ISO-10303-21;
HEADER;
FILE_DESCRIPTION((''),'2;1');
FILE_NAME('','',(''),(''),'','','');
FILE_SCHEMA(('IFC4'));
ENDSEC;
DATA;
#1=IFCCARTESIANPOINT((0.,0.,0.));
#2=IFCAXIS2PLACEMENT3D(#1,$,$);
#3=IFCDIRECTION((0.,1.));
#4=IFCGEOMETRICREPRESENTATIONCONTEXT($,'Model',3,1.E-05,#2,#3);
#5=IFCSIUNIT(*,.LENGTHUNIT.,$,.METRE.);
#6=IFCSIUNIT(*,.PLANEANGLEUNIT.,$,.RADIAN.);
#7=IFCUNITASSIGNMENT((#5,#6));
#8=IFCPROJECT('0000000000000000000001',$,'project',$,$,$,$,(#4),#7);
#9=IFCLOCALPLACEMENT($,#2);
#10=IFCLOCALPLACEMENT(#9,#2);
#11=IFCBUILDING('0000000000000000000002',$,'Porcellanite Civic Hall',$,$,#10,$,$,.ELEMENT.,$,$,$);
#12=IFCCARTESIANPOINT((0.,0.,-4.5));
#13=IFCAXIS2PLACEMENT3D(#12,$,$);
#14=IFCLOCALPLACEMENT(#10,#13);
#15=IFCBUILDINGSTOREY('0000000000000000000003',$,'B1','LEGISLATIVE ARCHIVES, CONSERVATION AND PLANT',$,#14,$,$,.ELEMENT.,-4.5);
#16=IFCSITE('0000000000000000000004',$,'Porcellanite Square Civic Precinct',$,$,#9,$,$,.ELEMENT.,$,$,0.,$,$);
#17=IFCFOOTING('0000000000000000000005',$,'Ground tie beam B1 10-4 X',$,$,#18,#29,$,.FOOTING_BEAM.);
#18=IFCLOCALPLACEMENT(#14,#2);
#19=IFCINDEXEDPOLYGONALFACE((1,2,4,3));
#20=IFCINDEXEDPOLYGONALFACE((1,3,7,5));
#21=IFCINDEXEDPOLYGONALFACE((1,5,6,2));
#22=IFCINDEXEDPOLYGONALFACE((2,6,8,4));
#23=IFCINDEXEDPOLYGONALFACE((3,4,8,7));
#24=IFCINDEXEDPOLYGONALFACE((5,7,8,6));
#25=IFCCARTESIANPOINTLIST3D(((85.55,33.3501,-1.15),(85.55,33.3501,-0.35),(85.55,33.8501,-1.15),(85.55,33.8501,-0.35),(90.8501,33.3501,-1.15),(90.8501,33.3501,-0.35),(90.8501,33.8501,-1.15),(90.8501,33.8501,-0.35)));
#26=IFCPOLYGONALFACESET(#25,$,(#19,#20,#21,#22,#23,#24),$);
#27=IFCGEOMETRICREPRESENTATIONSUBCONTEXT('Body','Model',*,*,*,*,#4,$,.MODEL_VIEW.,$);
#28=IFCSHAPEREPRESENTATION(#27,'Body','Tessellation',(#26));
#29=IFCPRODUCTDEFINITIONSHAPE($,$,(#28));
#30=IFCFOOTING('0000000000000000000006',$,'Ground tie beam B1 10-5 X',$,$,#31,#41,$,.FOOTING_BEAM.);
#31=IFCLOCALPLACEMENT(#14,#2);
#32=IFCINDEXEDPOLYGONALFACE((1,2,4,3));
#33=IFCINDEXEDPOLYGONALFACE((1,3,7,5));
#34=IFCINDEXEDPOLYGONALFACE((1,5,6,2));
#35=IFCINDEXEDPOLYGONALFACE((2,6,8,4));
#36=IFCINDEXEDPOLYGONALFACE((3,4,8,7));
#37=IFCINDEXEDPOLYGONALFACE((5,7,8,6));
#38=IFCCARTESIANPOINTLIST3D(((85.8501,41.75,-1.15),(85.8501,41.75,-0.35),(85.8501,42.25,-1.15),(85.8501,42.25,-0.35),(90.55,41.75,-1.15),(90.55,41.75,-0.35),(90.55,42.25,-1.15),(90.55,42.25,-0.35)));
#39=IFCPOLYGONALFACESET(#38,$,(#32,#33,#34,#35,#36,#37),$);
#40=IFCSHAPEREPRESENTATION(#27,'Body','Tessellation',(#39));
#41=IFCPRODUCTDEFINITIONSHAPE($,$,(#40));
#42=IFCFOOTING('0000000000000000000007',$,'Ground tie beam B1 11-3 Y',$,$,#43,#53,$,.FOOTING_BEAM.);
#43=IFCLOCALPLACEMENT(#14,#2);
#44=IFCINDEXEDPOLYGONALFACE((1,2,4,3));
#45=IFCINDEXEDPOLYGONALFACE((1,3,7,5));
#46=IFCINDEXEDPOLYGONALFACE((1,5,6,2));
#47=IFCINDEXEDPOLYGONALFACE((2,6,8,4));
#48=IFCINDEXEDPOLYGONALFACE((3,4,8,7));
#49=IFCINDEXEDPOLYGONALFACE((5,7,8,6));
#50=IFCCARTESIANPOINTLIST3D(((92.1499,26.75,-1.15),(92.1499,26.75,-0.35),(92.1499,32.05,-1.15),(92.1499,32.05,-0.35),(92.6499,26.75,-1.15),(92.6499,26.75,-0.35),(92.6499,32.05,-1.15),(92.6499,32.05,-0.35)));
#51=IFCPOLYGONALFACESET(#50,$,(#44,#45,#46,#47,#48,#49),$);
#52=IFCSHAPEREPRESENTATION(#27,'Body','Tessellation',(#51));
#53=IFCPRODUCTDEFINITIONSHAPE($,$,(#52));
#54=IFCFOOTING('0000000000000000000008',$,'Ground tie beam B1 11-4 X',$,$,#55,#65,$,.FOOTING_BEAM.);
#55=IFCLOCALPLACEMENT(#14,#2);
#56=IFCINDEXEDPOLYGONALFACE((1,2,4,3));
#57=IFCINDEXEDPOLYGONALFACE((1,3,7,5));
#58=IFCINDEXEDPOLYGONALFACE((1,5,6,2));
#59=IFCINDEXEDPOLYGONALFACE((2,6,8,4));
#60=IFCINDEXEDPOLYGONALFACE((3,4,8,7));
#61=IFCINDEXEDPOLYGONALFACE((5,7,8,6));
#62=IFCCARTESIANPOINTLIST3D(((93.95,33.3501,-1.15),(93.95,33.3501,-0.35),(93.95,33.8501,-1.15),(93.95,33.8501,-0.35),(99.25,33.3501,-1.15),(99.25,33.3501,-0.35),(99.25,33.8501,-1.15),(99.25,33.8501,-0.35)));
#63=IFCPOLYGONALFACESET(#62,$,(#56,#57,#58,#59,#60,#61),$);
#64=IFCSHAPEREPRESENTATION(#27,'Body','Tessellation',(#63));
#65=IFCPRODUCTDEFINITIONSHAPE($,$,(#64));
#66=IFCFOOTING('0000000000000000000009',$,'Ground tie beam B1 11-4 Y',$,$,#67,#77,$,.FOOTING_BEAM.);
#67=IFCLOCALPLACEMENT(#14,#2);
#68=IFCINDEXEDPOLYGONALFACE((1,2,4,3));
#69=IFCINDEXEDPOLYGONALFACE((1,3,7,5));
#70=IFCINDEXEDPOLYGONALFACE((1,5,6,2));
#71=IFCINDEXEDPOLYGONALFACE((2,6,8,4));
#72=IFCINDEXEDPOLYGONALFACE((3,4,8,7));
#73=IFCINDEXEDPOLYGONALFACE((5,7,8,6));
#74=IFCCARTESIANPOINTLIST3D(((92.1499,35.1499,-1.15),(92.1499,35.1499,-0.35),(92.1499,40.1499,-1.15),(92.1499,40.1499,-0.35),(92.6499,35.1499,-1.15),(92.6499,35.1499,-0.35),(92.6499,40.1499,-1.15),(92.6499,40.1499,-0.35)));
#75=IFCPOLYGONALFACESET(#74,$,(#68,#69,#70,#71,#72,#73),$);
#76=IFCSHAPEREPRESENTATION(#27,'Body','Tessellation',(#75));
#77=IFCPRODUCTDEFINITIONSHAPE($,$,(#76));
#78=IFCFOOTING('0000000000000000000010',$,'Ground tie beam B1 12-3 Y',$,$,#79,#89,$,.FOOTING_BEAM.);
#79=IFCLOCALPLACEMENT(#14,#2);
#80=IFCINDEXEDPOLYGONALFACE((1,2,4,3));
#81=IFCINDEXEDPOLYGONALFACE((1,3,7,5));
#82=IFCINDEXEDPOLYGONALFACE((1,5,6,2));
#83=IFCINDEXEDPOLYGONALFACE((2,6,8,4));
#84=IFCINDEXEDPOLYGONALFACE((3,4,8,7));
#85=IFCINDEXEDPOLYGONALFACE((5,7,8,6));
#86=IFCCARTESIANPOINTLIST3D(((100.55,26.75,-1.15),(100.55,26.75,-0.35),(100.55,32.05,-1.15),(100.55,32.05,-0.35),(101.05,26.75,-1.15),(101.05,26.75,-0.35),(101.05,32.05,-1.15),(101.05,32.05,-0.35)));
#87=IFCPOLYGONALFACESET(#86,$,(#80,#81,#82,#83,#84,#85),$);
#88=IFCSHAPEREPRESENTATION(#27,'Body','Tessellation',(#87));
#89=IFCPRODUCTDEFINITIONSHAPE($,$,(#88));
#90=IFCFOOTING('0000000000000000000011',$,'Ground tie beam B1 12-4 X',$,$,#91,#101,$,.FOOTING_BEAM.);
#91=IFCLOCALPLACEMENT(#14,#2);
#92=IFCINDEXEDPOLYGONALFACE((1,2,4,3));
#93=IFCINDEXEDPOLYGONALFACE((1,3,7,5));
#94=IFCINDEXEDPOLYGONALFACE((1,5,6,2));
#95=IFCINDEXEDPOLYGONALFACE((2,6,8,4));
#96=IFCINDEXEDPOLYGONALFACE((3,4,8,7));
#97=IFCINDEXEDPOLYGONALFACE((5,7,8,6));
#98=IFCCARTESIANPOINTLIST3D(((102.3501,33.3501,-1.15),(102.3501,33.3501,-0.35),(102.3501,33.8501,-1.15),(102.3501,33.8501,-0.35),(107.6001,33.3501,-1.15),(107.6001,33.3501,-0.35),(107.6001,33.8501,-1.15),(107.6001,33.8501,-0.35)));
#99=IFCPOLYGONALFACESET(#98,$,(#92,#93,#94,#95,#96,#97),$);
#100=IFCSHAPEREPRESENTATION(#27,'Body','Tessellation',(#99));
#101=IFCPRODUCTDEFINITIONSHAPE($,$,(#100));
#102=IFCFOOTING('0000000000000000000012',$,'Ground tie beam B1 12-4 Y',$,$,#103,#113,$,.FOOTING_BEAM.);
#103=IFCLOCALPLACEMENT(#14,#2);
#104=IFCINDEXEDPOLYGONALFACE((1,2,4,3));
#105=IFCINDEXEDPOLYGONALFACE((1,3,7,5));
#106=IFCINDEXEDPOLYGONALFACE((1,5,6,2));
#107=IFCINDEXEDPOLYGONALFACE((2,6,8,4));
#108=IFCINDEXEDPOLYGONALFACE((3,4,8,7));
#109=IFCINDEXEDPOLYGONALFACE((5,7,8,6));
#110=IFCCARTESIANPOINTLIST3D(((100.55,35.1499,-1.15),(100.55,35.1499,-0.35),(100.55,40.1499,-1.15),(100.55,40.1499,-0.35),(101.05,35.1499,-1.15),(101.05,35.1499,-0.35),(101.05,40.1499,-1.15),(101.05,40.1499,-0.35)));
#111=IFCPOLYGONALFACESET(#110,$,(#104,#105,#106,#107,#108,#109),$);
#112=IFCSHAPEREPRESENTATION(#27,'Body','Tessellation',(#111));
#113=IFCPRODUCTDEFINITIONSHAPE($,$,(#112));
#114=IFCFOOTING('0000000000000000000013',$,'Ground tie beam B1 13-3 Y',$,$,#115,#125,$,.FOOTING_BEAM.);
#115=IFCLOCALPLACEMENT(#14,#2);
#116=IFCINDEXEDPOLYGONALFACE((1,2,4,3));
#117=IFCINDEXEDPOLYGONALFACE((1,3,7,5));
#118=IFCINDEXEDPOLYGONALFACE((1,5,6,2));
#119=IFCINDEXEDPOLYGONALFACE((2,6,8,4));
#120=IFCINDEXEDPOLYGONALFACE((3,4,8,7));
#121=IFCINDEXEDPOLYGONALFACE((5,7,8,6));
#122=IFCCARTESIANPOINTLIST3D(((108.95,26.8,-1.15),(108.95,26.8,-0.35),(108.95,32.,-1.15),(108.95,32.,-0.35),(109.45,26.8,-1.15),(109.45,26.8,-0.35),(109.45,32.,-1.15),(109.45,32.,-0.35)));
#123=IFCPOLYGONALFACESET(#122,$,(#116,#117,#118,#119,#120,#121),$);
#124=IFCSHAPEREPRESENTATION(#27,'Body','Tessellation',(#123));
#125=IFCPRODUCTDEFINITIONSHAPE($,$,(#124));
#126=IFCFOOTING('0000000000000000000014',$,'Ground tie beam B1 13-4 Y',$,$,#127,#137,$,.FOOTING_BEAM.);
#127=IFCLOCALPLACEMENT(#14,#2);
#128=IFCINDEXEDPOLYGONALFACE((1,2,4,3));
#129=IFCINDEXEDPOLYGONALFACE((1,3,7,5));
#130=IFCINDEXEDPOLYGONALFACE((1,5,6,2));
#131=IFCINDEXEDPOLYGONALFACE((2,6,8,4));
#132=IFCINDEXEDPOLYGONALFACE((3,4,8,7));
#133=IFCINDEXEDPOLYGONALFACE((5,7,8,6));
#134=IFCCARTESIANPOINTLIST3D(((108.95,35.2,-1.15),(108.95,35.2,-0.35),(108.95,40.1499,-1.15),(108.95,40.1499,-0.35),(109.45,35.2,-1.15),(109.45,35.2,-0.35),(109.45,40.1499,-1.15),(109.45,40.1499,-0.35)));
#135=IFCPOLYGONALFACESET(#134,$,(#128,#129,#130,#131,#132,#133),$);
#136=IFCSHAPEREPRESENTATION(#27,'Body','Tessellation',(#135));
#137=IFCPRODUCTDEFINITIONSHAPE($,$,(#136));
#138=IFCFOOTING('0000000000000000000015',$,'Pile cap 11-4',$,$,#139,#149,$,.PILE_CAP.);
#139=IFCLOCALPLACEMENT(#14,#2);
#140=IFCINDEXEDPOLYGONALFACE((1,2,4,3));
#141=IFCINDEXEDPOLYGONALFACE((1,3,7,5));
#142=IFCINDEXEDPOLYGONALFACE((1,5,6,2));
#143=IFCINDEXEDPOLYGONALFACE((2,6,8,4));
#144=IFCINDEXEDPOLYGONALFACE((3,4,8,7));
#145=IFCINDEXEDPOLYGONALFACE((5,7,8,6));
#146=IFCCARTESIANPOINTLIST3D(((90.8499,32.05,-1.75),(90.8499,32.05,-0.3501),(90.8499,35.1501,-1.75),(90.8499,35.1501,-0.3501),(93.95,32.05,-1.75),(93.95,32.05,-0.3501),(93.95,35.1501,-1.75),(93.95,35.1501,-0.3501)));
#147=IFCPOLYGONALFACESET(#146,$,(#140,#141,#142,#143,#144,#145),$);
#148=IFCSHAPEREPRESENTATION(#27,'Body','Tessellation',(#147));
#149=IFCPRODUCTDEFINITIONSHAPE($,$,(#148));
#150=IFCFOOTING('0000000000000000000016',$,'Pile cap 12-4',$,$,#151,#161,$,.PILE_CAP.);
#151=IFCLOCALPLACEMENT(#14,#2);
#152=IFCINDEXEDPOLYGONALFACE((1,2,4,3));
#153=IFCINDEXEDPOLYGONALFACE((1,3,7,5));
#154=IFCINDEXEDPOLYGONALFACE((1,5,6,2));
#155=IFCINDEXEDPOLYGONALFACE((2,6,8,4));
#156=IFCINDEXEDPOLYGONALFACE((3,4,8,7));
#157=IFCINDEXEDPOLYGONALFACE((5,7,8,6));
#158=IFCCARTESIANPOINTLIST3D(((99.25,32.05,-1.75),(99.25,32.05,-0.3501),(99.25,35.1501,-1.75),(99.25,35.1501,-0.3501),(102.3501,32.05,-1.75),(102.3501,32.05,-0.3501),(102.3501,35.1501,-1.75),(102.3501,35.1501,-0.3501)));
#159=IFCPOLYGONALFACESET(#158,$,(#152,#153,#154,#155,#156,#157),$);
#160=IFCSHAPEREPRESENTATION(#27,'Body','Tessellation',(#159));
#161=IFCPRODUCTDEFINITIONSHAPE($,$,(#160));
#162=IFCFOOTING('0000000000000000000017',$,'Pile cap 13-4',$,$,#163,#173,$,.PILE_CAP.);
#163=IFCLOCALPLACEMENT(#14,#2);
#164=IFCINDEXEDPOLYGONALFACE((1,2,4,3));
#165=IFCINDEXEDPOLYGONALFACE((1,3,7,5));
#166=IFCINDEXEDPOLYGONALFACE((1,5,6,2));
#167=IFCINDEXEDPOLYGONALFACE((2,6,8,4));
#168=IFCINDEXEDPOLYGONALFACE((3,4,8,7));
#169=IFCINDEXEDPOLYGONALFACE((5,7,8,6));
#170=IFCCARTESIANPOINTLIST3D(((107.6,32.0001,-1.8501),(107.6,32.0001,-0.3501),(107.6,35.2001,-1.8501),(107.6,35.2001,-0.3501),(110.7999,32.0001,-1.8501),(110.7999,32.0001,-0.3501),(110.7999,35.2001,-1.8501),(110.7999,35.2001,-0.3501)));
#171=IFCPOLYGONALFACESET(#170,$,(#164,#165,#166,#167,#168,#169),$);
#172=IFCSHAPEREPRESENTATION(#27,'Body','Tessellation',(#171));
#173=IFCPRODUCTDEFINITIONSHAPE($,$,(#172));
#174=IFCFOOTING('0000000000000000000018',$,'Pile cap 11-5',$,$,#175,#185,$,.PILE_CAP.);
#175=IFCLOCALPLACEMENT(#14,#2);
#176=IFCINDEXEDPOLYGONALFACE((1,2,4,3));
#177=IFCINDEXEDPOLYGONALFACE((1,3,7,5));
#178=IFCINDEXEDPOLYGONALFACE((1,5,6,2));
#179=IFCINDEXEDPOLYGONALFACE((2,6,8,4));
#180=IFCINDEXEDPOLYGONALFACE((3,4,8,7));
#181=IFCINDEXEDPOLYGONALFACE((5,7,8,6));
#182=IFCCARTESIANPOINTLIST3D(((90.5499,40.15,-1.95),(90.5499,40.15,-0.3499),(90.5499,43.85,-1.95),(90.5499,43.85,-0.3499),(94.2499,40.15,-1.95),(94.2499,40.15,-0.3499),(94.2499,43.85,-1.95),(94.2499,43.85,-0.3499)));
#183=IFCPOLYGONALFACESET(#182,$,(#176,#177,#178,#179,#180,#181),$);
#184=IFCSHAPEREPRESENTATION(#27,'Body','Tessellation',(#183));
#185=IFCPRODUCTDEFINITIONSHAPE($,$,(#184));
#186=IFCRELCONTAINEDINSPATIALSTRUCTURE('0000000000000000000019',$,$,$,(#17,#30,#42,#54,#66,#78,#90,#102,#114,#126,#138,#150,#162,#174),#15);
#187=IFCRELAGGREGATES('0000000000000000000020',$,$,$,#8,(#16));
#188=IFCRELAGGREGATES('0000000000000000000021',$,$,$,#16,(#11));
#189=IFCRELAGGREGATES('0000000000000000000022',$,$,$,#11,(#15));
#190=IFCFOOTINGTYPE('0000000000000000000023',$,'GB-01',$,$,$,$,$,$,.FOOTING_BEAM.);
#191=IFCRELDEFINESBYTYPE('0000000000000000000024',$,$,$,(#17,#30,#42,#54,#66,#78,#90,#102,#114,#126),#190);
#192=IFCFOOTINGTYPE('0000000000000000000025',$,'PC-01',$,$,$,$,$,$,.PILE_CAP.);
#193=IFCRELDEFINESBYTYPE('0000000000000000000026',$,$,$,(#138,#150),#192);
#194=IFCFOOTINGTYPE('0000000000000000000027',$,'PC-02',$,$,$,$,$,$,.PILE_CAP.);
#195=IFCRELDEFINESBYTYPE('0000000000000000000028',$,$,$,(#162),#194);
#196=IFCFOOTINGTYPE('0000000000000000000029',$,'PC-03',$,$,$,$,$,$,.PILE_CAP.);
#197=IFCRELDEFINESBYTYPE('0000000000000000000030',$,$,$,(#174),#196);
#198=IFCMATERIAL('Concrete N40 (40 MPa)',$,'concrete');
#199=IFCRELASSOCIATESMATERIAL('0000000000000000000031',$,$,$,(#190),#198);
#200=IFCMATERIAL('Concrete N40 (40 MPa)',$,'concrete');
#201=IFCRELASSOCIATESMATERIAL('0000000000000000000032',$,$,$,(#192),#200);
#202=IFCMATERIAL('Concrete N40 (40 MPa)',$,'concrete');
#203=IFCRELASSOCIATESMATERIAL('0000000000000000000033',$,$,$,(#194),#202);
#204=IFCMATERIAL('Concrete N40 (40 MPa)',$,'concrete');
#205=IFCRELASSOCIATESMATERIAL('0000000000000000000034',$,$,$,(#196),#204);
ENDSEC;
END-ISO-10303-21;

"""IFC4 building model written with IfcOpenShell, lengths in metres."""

from ifc_helpers import new_model, si_unit, direction, frame, origin, origin_2d, place, context, subcontext, project, spatial, rectangle, extrude, material, material_profile, profile_set, type_object, element, save


model = new_model("IFC4")

# Units and contexts
model_context = context("Model", 3, precision=1e-05, world=origin(), true_north=direction((0.0, 1.0)))
body_context = subcontext(model_context, "Body", "Model", "MODEL_VIEW")
ifc_project = project(units=[si_unit("LENGTHUNIT", "METRE"), si_unit("PLANEANGLEUNIT", "RADIAN")], contexts=[model_context])

# Site, building, storey
site_placement = place(None, origin())
site = spatial("IfcSite", under=ifc_project, at=site_placement, Name="Porcellanite Square Civic Precinct", CompositionType="ELEMENT", RefElevation=0.0)
building_placement = place(site_placement, origin())
building = spatial("IfcBuilding", under=site, at=building_placement, Name="Porcellanite Civic Hall", CompositionType="ELEMENT")
storey_placement = place(building_placement, frame((0.0, 0.0, -4.5)))
storey = spatial("IfcBuildingStorey", under=building, at=storey_placement, Name="B1", Description="LEGISLATIVE ARCHIVES, CONSERVATION AND PLANT", CompositionType="ELEMENT", Elevation=-4.5)

# Footings
ifc_material_1 = material(Name="Concrete N40 (40 MPa)", Category="concrete")
ifc_material_profile_1 = material_profile(ifc_material_1, rectangle(XDim=0.5, YDim=0.8, at=origin_2d()), Name="RC-500x800")
ifc_profile_set_1 = profile_set([ifc_material_profile_1], Name="Concrete N40 (40 MPa)")
footing_type_1 = type_object("IfcFootingType", Name="GB-01", PredefinedType="FOOTING_BEAM", material=ifc_profile_set_1)
footing_1_placement = place(storey_placement, frame((85.55, 33.6001, -0.75), z_axis=(1.0, 0.0, 0.0), x_axis=(0.0, 1.0, 0.0)))
element("IfcFooting", 1, at=footing_1_placement, inside=storey, type_object=footing_type_1, Name="Ground tie beam B1 10-4 X", PredefinedType="FOOTING_BEAM", context=body_context, shape_type="SweptSolid", body=[
    extrude(rectangle(XDim=0.5, YDim=0.8, at=origin_2d()), origin(), (0.0, 0.0, 1.0), 5.3),
])
footing_2_placement = place(storey_placement, frame((85.8501, 42.0, -0.75), z_axis=(1.0, 0.0, 0.0), x_axis=(0.0, 1.0, 0.0)))
element("IfcFooting", 2, at=footing_2_placement, inside=storey, type_object=footing_type_1, Name="Ground tie beam B1 10-5 X", PredefinedType="FOOTING_BEAM", context=body_context, shape_type="SweptSolid", body=[
    extrude(rectangle(XDim=0.5, YDim=0.8, at=origin_2d()), origin(), (0.0, 0.0, 1.0), 4.7),
])
for number, where, z_axis, x_axis, name in (
    (3, (92.3999, 26.75, -0.75), (0.0, 1.0, 0.0), (-1.0, 0.0, 0.0), "Ground tie beam B1 11-3 Y"),
    (4, (93.95, 33.6001, -0.75), (1.0, 0.0, 0.0), (0.0, 1.0, 0.0), "Ground tie beam B1 11-4 X"),
):
    element("IfcFooting", number, at=place(storey_placement, frame(where, z_axis=z_axis, x_axis=x_axis)), inside=storey, type_object=footing_type_1, Name=name, PredefinedType="FOOTING_BEAM", context=body_context, shape_type="SweptSolid", body=[
        extrude(rectangle(XDim=0.5, YDim=0.8, at=origin_2d()), origin(), (0.0, 0.0, 1.0), 5.3),
    ])
footing_3_placement = place(storey_placement, frame((92.3999, 35.1499, -0.75), z_axis=(0.0, 1.0, 0.0), x_axis=(-1.0, 0.0, 0.0)))
element("IfcFooting", 5, at=footing_3_placement, inside=storey, type_object=footing_type_1, Name="Ground tie beam B1 11-4 Y", PredefinedType="FOOTING_BEAM", context=body_context, shape_type="SweptSolid", body=[
    extrude(rectangle(XDim=0.5, YDim=0.8, at=origin_2d()), origin(), (0.0, 0.0, 1.0), 5.0),
])
footing_4_placement = place(storey_placement, frame((100.8, 26.75, -0.75), z_axis=(0.0, 1.0, 0.0), x_axis=(-1.0, 0.0, 0.0)))
element("IfcFooting", 6, at=footing_4_placement, inside=storey, type_object=footing_type_1, Name="Ground tie beam B1 12-3 Y", PredefinedType="FOOTING_BEAM", context=body_context, shape_type="SweptSolid", body=[
    extrude(rectangle(XDim=0.5, YDim=0.8, at=origin_2d()), origin(), (0.0, 0.0, 1.0), 5.3),
])
footing_5_placement = place(storey_placement, frame((102.3501, 33.6001, -0.75), z_axis=(1.0, 0.0, 0.0), x_axis=(0.0, 1.0, 0.0)))
element("IfcFooting", 7, at=footing_5_placement, inside=storey, type_object=footing_type_1, Name="Ground tie beam B1 12-4 X", PredefinedType="FOOTING_BEAM", context=body_context, shape_type="SweptSolid", body=[
    extrude(rectangle(XDim=0.5, YDim=0.8, at=origin_2d()), origin(), (0.0, 0.0, 1.0), 5.25),
])
footing_6_placement = place(storey_placement, frame((100.8, 35.1499, -0.75), z_axis=(0.0, 1.0, 0.0), x_axis=(-1.0, 0.0, 0.0)))
element("IfcFooting", 8, at=footing_6_placement, inside=storey, type_object=footing_type_1, Name="Ground tie beam B1 12-4 Y", PredefinedType="FOOTING_BEAM", context=body_context, shape_type="SweptSolid", body=[
    extrude(rectangle(XDim=0.5, YDim=0.8, at=origin_2d()), origin(), (0.0, 0.0, 1.0), 5.0),
])
footing_7_placement = place(storey_placement, frame((109.2, 26.8, -0.75), z_axis=(0.0, 1.0, 0.0), x_axis=(-1.0, 0.0, 0.0)))
element("IfcFooting", 9, at=footing_7_placement, inside=storey, type_object=footing_type_1, Name="Ground tie beam B1 13-3 Y", PredefinedType="FOOTING_BEAM", context=body_context, shape_type="SweptSolid", body=[
    extrude(rectangle(XDim=0.5, YDim=0.8, at=origin_2d()), origin(), (0.0, 0.0, 1.0), 5.2),
])
footing_8_placement = place(storey_placement, frame((109.2, 35.2, -0.75), z_axis=(0.0, 1.0, 0.0), x_axis=(-1.0, 0.0, 0.0)))
element("IfcFooting", 10, at=footing_8_placement, inside=storey, type_object=footing_type_1, Name="Ground tie beam B1 13-4 Y", PredefinedType="FOOTING_BEAM", context=body_context, shape_type="SweptSolid", body=[
    extrude(rectangle(XDim=0.5, YDim=0.8, at=origin_2d()), origin(), (0.0, 0.0, 1.0), 4.95),
])
ifc_material_2 = material(Name="Concrete N40 (40 MPa)", Category="concrete")
footing_type_2 = type_object("IfcFootingType", Name="PC-01", PredefinedType="PILE_CAP", material=ifc_material_2)
for number, where, z_axis, x_axis, name in (
    (11, (92.3999, 33.6001, -1.75), (0.0, 0.0, 1.0), (1.0, 0.0, 0.0), "Pile cap 11-4"),
    (12, (100.8, 33.6001, -1.75), (0.0, 0.0, 1.0), (1.0, 0.0, 0.0), "Pile cap 12-4"),
):
    element("IfcFooting", number, at=place(storey_placement, frame(where, z_axis=z_axis, x_axis=x_axis)), inside=storey, type_object=footing_type_2, Name=name, PredefinedType="PILE_CAP", context=body_context, shape_type="SweptSolid", body=[
        extrude(rectangle(XDim=3.1001, YDim=3.1001, at=origin_2d()), origin(), (0.0, 0.0, 1.0), 1.3999),
    ])
ifc_material_3 = material(Name="Concrete N40 (40 MPa)", Category="concrete")
footing_type_3 = type_object("IfcFootingType", Name="PC-02", PredefinedType="PILE_CAP", material=ifc_material_3)
footing_9_placement = place(storey_placement, frame((109.2, 33.6001, -1.8501), z_axis=(0.0, 0.0, 1.0), x_axis=(1.0, 0.0, 0.0)))
element("IfcFooting", 13, at=footing_9_placement, inside=storey, type_object=footing_type_3, Name="Pile cap 13-4", PredefinedType="PILE_CAP", context=body_context, shape_type="SweptSolid", body=[
    extrude(rectangle(XDim=3.2, YDim=3.2, at=origin_2d()), origin(), (0.0, 0.0, 1.0), 1.5),
])
ifc_material_4 = material(Name="Concrete N40 (40 MPa)", Category="concrete")
footing_type_4 = type_object("IfcFootingType", Name="PC-03", PredefinedType="PILE_CAP", material=ifc_material_4)
footing_10_placement = place(storey_placement, frame((92.3999, 42.0, -1.95), z_axis=(0.0, 0.0, 1.0), x_axis=(1.0, 0.0, 0.0)))
element("IfcFooting", 14, at=footing_10_placement, inside=storey, type_object=footing_type_4, Name="Pile cap 11-5", PredefinedType="PILE_CAP", context=body_context, shape_type="SweptSolid", body=[
    extrude(rectangle(XDim=3.7, YDim=3.7, at=origin_2d()), origin(), (0.0, 0.0, 1.0), 1.6001),
])

save(model, "model.ifc")
